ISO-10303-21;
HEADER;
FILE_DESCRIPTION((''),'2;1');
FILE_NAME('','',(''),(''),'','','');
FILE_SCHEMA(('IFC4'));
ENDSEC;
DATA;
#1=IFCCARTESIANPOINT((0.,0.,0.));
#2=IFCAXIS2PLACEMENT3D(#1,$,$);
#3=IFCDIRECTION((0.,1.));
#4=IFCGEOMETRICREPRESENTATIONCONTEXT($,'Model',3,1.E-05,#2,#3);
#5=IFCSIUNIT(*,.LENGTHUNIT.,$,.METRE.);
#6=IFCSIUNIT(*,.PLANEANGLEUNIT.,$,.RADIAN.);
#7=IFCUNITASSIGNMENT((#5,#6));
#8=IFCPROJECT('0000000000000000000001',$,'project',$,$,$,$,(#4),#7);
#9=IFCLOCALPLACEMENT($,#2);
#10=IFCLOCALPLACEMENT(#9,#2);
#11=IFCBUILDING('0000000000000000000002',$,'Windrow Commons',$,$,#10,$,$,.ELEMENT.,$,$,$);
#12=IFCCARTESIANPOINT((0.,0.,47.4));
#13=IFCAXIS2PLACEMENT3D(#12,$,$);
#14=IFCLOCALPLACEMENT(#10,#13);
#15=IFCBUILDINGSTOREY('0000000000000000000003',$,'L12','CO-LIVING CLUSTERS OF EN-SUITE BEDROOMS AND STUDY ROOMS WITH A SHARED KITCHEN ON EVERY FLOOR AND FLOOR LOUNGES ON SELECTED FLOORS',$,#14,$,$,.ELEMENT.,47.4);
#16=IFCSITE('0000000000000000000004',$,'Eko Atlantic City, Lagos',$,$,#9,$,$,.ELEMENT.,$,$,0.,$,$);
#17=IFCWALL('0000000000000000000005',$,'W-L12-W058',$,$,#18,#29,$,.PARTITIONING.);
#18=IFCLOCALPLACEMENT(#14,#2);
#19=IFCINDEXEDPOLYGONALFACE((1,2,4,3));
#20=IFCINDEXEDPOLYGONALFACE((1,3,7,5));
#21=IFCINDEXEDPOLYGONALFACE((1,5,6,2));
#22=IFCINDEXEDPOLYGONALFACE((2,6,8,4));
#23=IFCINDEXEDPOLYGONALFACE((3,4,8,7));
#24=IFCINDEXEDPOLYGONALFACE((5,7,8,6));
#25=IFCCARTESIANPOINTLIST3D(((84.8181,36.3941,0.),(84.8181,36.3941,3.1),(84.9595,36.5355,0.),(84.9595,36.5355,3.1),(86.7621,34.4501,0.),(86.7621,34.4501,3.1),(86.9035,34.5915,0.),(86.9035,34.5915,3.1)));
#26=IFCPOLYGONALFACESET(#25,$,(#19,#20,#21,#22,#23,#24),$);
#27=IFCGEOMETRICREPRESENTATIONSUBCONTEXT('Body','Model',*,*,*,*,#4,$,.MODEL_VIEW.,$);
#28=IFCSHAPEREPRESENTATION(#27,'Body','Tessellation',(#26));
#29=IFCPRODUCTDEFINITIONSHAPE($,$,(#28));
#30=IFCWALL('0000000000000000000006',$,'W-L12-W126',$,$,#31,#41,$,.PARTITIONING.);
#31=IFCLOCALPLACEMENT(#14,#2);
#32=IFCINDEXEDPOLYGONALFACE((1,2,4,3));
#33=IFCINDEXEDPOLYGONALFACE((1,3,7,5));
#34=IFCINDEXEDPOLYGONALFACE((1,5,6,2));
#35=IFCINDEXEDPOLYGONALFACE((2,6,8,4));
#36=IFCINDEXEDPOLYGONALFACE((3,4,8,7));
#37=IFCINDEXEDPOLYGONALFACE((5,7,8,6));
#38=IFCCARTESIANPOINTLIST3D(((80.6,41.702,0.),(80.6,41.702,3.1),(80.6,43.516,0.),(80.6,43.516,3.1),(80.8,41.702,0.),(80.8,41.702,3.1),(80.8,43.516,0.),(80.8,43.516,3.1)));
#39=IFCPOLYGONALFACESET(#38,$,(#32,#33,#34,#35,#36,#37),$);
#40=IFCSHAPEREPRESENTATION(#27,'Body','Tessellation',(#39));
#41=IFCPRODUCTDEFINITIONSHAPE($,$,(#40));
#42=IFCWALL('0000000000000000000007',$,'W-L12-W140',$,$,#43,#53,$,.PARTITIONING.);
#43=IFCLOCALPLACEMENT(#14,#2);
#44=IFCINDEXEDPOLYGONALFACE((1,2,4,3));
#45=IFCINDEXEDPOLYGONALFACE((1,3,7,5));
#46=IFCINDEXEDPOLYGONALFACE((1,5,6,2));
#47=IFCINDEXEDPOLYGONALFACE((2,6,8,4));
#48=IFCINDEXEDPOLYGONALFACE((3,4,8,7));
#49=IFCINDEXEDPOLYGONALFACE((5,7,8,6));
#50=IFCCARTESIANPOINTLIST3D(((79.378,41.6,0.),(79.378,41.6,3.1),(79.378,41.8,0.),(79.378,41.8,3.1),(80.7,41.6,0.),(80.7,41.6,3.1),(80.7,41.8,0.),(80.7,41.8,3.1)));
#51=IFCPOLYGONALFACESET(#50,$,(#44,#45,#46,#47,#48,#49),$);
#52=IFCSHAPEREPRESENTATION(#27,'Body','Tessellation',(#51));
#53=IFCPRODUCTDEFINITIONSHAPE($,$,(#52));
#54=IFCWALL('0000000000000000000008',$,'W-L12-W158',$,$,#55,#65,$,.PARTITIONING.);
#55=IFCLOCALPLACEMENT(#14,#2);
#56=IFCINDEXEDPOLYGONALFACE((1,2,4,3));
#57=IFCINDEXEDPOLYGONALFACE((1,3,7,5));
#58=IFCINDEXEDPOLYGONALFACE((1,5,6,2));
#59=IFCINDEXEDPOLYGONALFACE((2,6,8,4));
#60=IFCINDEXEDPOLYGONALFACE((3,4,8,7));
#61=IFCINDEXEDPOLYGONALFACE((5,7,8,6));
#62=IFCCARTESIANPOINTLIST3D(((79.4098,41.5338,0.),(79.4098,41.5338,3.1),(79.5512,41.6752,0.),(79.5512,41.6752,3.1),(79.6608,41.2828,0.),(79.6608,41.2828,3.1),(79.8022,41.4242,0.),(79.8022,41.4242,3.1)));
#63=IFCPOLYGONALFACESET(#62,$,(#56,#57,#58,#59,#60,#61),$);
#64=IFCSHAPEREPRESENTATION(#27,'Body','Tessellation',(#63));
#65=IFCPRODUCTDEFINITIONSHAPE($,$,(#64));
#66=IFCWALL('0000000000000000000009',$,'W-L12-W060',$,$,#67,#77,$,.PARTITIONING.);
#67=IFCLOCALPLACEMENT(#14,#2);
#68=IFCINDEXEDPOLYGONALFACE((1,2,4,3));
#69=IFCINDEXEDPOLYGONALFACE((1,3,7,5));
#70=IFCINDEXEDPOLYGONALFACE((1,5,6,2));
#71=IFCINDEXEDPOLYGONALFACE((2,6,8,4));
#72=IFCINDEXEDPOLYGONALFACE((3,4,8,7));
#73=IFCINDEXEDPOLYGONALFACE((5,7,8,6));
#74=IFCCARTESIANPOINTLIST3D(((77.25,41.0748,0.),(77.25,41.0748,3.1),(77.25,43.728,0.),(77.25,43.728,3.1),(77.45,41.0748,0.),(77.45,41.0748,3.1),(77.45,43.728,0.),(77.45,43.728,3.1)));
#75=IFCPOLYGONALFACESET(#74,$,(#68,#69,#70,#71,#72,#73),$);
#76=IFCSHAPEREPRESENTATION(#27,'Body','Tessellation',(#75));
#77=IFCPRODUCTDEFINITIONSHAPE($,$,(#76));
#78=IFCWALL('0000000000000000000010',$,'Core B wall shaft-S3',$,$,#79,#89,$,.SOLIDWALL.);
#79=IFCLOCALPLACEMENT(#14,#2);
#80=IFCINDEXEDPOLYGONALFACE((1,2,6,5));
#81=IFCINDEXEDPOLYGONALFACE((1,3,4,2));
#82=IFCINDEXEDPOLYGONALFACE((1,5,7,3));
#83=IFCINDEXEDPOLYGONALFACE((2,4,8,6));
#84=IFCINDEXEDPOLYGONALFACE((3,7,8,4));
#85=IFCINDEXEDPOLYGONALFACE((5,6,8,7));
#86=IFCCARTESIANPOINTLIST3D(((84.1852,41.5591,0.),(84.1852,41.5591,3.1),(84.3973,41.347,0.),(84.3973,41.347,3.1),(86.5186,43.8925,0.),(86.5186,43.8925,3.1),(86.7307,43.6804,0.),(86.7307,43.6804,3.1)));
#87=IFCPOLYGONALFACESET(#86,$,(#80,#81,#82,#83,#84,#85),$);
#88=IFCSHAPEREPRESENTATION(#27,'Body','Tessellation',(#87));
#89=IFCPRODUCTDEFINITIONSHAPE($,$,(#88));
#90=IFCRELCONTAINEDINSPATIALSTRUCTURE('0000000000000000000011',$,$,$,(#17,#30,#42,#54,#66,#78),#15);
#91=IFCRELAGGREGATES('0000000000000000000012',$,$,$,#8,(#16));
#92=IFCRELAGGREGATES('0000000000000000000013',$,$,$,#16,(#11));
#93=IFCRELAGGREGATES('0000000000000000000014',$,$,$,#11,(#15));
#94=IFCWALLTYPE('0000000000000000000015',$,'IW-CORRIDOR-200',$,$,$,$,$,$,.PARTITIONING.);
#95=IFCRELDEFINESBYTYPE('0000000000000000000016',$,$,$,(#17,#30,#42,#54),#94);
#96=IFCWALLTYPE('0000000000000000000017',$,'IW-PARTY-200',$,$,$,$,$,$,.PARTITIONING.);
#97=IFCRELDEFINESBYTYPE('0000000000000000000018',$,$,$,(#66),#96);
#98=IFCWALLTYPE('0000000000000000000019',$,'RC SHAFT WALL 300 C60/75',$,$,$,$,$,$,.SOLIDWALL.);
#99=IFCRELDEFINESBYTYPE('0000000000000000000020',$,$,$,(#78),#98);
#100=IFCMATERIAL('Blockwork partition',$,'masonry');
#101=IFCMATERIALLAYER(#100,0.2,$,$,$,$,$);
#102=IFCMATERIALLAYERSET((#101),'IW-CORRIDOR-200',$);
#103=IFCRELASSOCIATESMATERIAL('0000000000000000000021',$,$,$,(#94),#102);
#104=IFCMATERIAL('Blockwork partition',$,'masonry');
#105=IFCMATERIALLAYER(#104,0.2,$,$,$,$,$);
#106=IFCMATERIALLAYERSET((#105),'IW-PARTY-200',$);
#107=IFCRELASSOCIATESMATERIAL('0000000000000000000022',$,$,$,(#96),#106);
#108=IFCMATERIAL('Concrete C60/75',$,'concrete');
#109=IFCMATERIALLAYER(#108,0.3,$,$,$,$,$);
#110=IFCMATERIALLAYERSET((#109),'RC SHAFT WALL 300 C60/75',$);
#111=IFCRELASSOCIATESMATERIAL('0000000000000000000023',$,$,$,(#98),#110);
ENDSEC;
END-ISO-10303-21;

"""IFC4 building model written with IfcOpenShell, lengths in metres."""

from ifc_helpers import new_model, si_unit, direction, frame, frame_2d, origin, place, context, subcontext, project, spatial, rectangle, extrude, material, layer, layer_set, type_object, element, save


model = new_model("IFC4")

# Units and contexts
model_context = context("Model", 3, precision=1e-05, world=origin(), true_north=direction((0.0, 1.0)))
body_context = subcontext(model_context, "Body", "Model", "MODEL_VIEW")
ifc_project = project(units=[si_unit("LENGTHUNIT", "METRE"), si_unit("PLANEANGLEUNIT", "RADIAN")], contexts=[model_context])

# Site, building, storey
site_placement = place(None, origin())
site = spatial("IfcSite", under=ifc_project, at=site_placement, Name="Eko Atlantic City, Lagos", CompositionType="ELEMENT", RefElevation=0.0)
building_placement = place(site_placement, origin())
building = spatial("IfcBuilding", under=site, at=building_placement, Name="Windrow Commons", CompositionType="ELEMENT")
storey_placement = place(building_placement, frame((0.0, 0.0, 47.4)))
storey = spatial("IfcBuildingStorey", under=building, at=storey_placement, Name="L12", Description="CO-LIVING CLUSTERS OF EN-SUITE BEDROOMS AND STUDY ROOMS WITH A SHARED KITCHEN ON EVERY FLOOR AND FLOOR LOUNGES ON SELECTED FLOORS", CompositionType="ELEMENT", Elevation=47.4)

# Walls
ifc_material_1 = material(Name="Blockwork partition", Category="masonry")
ifc_layer_1 = layer(ifc_material_1, 0.2)
ifc_layer_set_1 = layer_set([ifc_layer_1], Name="IW-CORRIDOR-200")
wall_type_1 = type_object("IfcWallType", Name="IW-CORRIDOR-200", PredefinedType="PARTITIONING", material=ifc_layer_set_1)
wall_1_placement = place(storey_placement, frame((84.8888, 36.4648, 0.0), z_axis=(0.0, 0.0, 1.0), x_axis=(0.707107, -0.707107, 0.0)))
element("IfcWall", 1, at=wall_1_placement, inside=storey, type_object=wall_type_1, Name="W-L12-W058", PredefinedType="PARTITIONING", context=body_context, shape_type="SweptSolid", body=[
    extrude(rectangle(XDim=2.7492, YDim=0.2, at=frame_2d((1.3746, 0.0))), origin(), (0.0, 0.0, 1.0), 3.1),
])
wall_2_placement = place(storey_placement, frame((80.7, 41.702, 0.0), z_axis=(0.0, 0.0, 1.0), x_axis=(0.0, 1.0, 0.0)))
element("IfcWall", 2, at=wall_2_placement, inside=storey, type_object=wall_type_1, Name="W-L12-W126", PredefinedType="PARTITIONING", context=body_context, shape_type="SweptSolid", body=[
    extrude(rectangle(XDim=1.814, YDim=0.2, at=frame_2d((0.907, 0.0))), origin(), (0.0, 0.0, 1.0), 3.1),
])
wall_3_placement = place(storey_placement, frame((79.378, 41.7, 0.0), z_axis=(0.0, 0.0, 1.0), x_axis=(1.0, 0.0, 0.0)))
element("IfcWall", 3, at=wall_3_placement, inside=storey, type_object=wall_type_1, Name="W-L12-W140", PredefinedType="PARTITIONING", context=body_context, shape_type="SweptSolid", body=[
    extrude(rectangle(XDim=1.322, YDim=0.2, at=frame_2d((0.661, 0.0))), origin(), (0.0, 0.0, 1.0), 3.1),
])
wall_4_placement = place(storey_placement, frame((79.4805, 41.6045, 0.0), z_axis=(0.0, 0.0, 1.0), x_axis=(0.707107, -0.707107, 0.0)))
element("IfcWall", 4, at=wall_4_placement, inside=storey, type_object=wall_type_1, Name="W-L12-W158", PredefinedType="PARTITIONING", context=body_context, shape_type="SweptSolid", body=[
    extrude(rectangle(XDim=0.355, YDim=0.2, at=frame_2d((0.1775, 0.0))), origin(), (0.0, 0.0, 1.0), 3.1),
])
ifc_material_2 = material(Name="Blockwork partition", Category="masonry")
ifc_layer_2 = layer(ifc_material_2, 0.2)
ifc_layer_set_2 = layer_set([ifc_layer_2], Name="IW-PARTY-200")
wall_type_2 = type_object("IfcWallType", Name="IW-PARTY-200", PredefinedType="PARTITIONING", material=ifc_layer_set_2)
wall_5_placement = place(storey_placement, frame((77.35, 41.0748, 0.0), z_axis=(0.0, 0.0, 1.0), x_axis=(0.0, 1.0, 0.0)))
element("IfcWall", 5, at=wall_5_placement, inside=storey, type_object=wall_type_2, Name="W-L12-W060", PredefinedType="PARTITIONING", context=body_context, shape_type="SweptSolid", body=[
    extrude(rectangle(XDim=2.6532, YDim=0.2, at=frame_2d((1.3266, 0.0))), origin(), (0.0, 0.0, 1.0), 3.1),
])
ifc_material_3 = material(Name="Concrete C60/75", Category="concrete")
ifc_layer_3 = layer(ifc_material_3, 0.3)
ifc_layer_set_3 = layer_set([ifc_layer_3], Name="RC SHAFT WALL 300 C60/75")
wall_type_3 = type_object("IfcWallType", Name="RC SHAFT WALL 300 C60/75", PredefinedType="SOLIDWALL", material=ifc_layer_set_3)
wall_6_placement = place(storey_placement, frame((84.2912, 41.453, 0.0), z_axis=(0.0, 0.0, 1.0), x_axis=(0.707107, 0.707107, 0.0)))
element("IfcWall", 6, at=wall_6_placement, inside=storey, type_object=wall_type_3, Name="Core B wall shaft-S3", PredefinedType="SOLIDWALL", context=body_context, shape_type="SweptSolid", body=[
    extrude(rectangle(XDim=3.2999, YDim=0.3, at=frame_2d((1.65, 0.0))), origin(), (0.0, 0.0, 1.0), 3.1),
])

save(model, "model.ifc")
